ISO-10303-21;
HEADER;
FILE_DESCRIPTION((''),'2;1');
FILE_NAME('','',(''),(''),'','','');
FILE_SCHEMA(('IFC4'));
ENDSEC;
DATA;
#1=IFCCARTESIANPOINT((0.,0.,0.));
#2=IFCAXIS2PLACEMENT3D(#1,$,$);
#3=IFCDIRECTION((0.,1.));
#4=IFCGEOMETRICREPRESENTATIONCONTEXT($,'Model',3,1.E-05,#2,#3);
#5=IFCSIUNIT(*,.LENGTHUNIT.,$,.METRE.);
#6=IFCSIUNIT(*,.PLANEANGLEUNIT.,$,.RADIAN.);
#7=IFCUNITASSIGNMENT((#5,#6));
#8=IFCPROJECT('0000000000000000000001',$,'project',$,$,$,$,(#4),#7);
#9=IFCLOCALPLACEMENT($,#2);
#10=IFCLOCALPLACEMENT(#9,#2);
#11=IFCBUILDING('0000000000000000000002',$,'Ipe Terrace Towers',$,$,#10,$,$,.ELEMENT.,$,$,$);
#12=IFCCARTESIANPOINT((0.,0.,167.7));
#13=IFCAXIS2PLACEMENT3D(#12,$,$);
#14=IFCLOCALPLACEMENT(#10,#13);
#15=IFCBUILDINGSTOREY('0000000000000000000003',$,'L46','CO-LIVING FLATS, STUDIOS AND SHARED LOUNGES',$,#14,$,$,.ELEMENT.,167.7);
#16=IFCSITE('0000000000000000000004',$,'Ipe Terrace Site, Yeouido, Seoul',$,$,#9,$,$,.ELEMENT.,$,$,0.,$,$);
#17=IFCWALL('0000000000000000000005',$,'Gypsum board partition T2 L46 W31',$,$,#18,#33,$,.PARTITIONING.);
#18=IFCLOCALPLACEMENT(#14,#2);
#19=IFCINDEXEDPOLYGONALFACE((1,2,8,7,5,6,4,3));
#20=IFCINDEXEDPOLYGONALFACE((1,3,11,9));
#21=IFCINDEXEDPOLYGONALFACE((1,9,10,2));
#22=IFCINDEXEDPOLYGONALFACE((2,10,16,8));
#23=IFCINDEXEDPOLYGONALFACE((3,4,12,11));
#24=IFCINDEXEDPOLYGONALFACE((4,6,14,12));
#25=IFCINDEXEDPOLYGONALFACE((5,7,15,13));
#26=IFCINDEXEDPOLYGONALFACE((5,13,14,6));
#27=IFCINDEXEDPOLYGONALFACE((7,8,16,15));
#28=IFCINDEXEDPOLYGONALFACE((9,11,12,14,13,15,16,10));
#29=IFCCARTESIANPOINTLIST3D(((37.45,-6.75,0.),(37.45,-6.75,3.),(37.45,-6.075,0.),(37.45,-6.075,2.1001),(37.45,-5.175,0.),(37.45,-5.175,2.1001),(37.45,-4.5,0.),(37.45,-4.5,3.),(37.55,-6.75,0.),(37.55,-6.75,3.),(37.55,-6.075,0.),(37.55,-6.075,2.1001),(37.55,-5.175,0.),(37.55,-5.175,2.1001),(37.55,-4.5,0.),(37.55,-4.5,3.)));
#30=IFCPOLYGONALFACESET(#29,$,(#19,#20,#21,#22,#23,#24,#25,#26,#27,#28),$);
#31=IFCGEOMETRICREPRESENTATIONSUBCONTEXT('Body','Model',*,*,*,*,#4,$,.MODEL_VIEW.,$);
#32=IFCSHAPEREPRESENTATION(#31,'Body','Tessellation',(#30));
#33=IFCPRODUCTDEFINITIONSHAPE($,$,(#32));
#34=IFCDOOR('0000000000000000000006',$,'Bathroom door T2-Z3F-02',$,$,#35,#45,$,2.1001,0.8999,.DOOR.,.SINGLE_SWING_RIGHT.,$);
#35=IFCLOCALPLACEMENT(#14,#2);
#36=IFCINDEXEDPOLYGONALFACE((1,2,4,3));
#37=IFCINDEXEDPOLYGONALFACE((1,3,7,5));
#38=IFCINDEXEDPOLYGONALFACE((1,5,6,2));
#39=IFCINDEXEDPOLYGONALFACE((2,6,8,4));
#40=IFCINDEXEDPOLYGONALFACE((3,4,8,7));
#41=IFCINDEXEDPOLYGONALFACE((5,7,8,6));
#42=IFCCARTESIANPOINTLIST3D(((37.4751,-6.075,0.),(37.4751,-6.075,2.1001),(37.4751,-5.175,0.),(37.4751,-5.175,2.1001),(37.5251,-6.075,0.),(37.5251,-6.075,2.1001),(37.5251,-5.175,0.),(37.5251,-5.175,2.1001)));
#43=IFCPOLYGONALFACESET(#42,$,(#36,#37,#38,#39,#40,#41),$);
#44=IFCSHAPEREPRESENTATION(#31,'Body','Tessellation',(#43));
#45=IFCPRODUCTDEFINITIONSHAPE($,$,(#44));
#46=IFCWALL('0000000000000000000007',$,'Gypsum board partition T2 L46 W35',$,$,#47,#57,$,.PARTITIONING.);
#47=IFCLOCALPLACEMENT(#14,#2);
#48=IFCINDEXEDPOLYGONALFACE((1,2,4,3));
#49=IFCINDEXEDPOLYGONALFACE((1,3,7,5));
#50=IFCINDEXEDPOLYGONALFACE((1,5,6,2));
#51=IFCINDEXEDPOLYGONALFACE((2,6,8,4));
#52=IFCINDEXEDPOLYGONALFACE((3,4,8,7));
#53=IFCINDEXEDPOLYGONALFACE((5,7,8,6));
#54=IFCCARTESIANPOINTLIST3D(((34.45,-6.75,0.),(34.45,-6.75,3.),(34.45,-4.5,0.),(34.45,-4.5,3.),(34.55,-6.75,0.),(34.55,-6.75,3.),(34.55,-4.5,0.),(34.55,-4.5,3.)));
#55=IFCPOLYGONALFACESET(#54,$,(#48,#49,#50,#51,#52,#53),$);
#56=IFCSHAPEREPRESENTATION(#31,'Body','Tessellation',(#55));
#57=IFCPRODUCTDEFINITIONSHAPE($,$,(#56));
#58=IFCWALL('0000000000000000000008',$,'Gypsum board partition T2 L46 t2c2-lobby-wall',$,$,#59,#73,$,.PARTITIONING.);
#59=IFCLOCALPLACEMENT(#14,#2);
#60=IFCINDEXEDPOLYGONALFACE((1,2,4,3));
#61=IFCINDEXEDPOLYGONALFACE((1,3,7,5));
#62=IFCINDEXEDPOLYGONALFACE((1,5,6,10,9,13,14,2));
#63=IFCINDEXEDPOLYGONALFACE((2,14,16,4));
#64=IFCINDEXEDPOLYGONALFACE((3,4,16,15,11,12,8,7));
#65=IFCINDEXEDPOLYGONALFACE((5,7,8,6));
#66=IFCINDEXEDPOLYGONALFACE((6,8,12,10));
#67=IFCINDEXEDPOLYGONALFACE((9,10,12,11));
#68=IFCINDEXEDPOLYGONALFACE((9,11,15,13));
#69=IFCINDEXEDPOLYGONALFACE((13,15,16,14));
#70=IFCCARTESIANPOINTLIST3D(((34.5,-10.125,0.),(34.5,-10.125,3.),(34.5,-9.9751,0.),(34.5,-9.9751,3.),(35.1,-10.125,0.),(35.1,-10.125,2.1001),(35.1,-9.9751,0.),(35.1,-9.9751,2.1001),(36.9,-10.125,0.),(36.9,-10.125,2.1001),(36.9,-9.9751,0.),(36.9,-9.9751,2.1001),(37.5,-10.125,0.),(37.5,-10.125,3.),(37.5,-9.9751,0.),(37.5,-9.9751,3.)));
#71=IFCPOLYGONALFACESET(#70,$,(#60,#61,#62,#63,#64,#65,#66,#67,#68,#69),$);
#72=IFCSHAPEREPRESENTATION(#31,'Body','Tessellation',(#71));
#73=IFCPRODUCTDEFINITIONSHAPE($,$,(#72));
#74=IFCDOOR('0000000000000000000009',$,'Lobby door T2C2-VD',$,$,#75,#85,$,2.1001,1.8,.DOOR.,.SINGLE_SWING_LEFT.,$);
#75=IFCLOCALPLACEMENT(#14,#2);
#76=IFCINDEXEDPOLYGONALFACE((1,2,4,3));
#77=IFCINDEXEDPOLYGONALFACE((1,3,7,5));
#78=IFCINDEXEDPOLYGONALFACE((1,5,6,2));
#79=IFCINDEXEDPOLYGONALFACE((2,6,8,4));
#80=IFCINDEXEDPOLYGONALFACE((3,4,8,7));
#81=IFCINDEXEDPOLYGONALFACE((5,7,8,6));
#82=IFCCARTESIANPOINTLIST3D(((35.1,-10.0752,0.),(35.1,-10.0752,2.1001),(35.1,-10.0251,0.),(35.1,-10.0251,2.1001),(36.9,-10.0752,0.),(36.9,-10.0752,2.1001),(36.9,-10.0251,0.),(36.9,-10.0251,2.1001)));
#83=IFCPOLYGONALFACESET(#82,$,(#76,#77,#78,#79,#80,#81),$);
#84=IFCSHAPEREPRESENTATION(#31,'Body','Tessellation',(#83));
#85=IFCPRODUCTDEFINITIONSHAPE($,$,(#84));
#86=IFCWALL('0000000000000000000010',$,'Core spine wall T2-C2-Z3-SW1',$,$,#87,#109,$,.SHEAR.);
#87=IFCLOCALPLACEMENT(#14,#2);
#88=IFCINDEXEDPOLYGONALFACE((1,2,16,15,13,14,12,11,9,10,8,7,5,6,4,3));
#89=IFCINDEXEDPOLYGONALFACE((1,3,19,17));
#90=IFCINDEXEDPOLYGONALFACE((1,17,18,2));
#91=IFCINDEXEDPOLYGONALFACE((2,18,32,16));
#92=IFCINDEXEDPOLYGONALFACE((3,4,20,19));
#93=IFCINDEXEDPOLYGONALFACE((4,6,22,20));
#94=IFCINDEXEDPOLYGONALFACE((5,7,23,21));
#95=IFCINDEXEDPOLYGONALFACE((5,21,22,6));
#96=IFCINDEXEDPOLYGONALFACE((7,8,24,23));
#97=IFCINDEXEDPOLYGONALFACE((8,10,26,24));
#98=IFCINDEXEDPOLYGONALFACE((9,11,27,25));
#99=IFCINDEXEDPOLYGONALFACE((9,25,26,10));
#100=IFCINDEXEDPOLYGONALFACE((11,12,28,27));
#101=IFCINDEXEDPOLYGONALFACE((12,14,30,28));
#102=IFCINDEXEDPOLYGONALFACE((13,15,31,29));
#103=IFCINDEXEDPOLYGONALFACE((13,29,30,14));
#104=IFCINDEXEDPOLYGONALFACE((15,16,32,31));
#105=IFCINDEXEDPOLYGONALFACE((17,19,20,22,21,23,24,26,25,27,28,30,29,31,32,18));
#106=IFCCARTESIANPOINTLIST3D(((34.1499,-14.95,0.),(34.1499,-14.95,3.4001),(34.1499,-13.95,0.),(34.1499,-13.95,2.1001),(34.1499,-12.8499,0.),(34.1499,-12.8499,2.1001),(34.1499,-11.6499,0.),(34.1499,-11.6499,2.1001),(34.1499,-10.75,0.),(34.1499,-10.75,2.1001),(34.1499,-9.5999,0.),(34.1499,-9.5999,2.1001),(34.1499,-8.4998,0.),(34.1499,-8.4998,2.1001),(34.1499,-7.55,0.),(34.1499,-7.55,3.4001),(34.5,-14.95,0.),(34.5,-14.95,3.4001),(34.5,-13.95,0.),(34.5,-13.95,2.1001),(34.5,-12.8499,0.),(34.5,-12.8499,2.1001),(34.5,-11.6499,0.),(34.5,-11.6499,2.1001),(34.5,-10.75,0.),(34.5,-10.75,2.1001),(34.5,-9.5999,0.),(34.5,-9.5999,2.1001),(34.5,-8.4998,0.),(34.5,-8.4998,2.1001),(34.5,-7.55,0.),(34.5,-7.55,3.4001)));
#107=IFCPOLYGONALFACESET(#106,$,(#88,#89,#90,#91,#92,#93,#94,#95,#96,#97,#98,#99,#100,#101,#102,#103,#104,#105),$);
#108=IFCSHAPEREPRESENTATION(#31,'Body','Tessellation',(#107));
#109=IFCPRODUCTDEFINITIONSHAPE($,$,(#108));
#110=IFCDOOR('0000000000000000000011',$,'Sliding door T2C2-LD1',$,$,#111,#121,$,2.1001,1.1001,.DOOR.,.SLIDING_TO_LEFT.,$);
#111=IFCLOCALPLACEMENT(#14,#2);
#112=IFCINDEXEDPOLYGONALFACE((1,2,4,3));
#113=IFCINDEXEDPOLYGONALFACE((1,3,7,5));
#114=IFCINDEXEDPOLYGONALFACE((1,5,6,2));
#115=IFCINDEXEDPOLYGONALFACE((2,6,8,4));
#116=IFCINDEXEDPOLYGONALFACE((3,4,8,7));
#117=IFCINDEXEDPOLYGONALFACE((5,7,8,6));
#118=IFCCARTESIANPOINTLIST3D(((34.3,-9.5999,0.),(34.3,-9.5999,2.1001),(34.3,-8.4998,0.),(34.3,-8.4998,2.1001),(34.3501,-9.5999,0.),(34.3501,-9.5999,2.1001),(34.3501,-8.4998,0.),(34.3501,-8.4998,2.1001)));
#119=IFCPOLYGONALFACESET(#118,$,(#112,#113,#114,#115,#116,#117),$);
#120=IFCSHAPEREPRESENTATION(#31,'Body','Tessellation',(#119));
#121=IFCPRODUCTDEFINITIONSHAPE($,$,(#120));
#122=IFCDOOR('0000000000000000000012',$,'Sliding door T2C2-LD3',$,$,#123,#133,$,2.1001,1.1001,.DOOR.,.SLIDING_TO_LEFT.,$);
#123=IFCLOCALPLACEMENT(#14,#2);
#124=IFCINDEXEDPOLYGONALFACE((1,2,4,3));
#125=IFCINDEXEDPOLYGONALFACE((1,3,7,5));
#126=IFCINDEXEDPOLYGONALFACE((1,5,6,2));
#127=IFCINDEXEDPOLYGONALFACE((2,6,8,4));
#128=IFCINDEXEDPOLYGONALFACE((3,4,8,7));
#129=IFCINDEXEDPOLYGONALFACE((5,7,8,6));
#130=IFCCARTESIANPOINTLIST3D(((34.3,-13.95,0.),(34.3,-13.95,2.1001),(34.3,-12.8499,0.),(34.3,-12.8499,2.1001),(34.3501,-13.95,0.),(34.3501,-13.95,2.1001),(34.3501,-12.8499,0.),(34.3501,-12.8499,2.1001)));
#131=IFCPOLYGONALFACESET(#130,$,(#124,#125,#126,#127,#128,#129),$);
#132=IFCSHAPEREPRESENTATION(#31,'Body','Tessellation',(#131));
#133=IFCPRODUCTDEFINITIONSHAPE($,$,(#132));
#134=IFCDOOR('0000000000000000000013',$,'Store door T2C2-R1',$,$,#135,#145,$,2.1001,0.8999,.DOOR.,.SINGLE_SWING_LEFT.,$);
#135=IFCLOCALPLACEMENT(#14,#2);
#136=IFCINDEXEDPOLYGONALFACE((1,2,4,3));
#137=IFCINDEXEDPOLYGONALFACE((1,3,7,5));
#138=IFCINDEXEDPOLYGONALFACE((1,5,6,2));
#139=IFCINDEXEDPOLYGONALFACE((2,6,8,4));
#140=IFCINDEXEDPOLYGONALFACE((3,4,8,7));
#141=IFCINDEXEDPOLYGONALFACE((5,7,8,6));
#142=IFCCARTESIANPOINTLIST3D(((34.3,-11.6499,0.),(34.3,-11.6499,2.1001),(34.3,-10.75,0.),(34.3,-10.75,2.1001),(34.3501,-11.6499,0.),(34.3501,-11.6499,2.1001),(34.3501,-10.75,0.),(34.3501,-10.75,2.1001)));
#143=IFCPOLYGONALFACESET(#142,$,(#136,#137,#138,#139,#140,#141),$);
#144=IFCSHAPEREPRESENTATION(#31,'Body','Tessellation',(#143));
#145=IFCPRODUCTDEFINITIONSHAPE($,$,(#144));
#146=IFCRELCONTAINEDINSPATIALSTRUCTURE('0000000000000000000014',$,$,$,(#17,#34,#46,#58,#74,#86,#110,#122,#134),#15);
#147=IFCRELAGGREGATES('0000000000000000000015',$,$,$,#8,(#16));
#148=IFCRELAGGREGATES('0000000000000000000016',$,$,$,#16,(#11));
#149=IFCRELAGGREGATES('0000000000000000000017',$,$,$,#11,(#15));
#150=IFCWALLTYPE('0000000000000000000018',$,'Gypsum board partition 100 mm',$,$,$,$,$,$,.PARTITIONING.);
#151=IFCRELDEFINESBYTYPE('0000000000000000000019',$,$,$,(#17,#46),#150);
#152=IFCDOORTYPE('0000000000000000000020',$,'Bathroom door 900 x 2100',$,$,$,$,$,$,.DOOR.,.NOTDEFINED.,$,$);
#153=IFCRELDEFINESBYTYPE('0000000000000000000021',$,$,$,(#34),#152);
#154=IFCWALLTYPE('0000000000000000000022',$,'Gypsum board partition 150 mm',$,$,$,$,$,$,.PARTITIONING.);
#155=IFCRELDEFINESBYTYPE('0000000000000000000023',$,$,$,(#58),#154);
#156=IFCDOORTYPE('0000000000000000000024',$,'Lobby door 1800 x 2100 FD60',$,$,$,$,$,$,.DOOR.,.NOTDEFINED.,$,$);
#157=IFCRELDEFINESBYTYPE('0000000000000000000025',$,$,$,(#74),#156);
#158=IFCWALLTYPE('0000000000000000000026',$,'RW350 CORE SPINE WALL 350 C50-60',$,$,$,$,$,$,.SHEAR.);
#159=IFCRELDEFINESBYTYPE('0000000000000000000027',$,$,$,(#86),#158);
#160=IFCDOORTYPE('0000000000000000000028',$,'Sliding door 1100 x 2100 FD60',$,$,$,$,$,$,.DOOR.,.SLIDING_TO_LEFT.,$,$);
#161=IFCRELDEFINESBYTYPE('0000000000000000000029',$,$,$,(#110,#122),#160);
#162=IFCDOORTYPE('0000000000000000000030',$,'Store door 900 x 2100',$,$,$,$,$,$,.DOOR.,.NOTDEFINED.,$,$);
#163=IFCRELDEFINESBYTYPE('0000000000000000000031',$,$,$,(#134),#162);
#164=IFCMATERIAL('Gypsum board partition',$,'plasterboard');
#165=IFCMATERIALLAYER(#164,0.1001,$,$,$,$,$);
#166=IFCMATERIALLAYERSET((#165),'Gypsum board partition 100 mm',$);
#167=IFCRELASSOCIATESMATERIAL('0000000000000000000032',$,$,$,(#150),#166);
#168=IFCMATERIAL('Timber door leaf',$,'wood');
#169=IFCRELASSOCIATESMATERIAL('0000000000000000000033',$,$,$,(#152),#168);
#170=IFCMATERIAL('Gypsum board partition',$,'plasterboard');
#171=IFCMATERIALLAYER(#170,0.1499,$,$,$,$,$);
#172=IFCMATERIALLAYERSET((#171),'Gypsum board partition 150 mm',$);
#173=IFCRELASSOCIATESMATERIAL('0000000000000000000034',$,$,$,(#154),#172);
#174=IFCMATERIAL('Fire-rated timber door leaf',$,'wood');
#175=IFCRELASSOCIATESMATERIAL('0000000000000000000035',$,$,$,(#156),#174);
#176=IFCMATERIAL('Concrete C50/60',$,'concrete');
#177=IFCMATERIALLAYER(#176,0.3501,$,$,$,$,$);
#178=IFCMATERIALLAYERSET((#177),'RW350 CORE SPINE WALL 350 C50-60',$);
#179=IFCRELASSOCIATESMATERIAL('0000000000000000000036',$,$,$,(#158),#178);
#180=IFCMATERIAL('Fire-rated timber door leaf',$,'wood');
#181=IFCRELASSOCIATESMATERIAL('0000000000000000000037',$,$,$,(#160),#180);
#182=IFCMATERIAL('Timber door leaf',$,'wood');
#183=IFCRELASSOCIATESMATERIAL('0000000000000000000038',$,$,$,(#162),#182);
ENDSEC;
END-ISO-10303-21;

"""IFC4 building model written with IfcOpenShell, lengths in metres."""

from ifc_helpers import new_model, si_unit, direction, frame, frame_2d, origin, place, context, subcontext, project, spatial, rectangle, extrude, material, layer, layer_set, type_object, element, fill, save


model = new_model("IFC4")

# Units and contexts
model_context = context("Model", 3, precision=1e-05, world=origin(), true_north=direction((0.0, 1.0)))
body_context = subcontext(model_context, "Body", "Model", "MODEL_VIEW")
ifc_project = project(units=[si_unit("LENGTHUNIT", "METRE"), si_unit("PLANEANGLEUNIT", "RADIAN")], contexts=[model_context])

# Site, building, storey
site_placement = place(None, origin())
site = spatial("IfcSite", under=ifc_project, at=site_placement, Name="Ipe Terrace Site, Yeouido, Seoul", CompositionType="ELEMENT", RefElevation=0.0)
building_placement = place(site_placement, origin())
building = spatial("IfcBuilding", under=site, at=building_placement, Name="Ipe Terrace Towers", CompositionType="ELEMENT")
storey_placement = place(building_placement, frame((0.0, 0.0, 167.7)))
storey = spatial("IfcBuildingStorey", under=building, at=storey_placement, Name="L46", Description="CO-LIVING FLATS, STUDIOS AND SHARED LOUNGES", CompositionType="ELEMENT", Elevation=167.7)

# Wall, opening, door
ifc_material_1 = material(Name="Gypsum board partition", Category="plasterboard")
ifc_layer_1 = layer(ifc_material_1, 0.1001)
ifc_layer_set_1 = layer_set([ifc_layer_1], Name="Gypsum board partition 100 mm")
wall_type_1 = type_object("IfcWallType", Name="Gypsum board partition 100 mm", PredefinedType="PARTITIONING", material=ifc_layer_set_1)
wall_1_placement = place(storey_placement, frame((37.5, -6.75, 0.0), z_axis=(0.0, 0.0, 1.0), x_axis=(0.0, 1.0, 0.0)))
wall_1 = element("IfcWall", 1, at=wall_1_placement, inside=storey, type_object=wall_type_1, Name="Gypsum board partition T2 L46 W31", PredefinedType="PARTITIONING", context=body_context, shape_type="SweptSolid", body=[
    extrude(rectangle(XDim=2.25, YDim=0.1001, at=frame_2d((1.125, 0.0))), origin(), (0.0, 0.0, 1.0), 3.0),
])
opening_1_placement = place(wall_1_placement, frame((0.675, 0.0, 0.0)))
opening_1 = element("IfcOpeningElement", 2, at=opening_1_placement, cuts=wall_1, PredefinedType="OPENING", context=body_context, shape_type="SweptSolid", body=[
    extrude(rectangle(XDim=0.8999, YDim=2.1001, at=frame_2d((0.45, 1.05))), frame((0.0, 0.0601, 0.0), z_axis=(0.0, -1.0, 0.0), x_axis=(1.0, 0.0, 0.0)), (0.0, 0.0, 1.0), 0.1201),
])
ifc_material_2 = material(Name="Timber door leaf", Category="wood")
door_type_1 = type_object("IfcDoorType", Name="Bathroom door 900 x 2100", OperationType="NOTDEFINED", PredefinedType="DOOR", material=ifc_material_2)
door_1_placement = place(opening_1_placement, origin())
door_1 = element("IfcDoor", 3, at=door_1_placement, inside=storey, type_object=door_type_1, Name="Bathroom door T2-Z3F-02", OperationType="SINGLE_SWING_RIGHT", OverallHeight=2.1001, OverallWidth=0.8999, PredefinedType="DOOR", context=body_context, shape_type="SweptSolid", body=[
    extrude(rectangle(XDim=0.8999, YDim=2.1001, at=frame_2d((0.45, 1.05))), frame((0.0, 0.0249, 0.0), z_axis=(0.0, -1.0, 0.0), x_axis=(1.0, 0.0, 0.0)), (0.0, 0.0, 1.0), 0.05),
])
fill(opening_1, door_1)

# Wall
wall_2_placement = place(storey_placement, frame((34.5, -6.75, 0.0), z_axis=(0.0, 0.0, 1.0), x_axis=(0.0, 1.0, 0.0)))
element("IfcWall", 4, at=wall_2_placement, inside=storey, type_object=wall_type_1, Name="Gypsum board partition T2 L46 W35", PredefinedType="PARTITIONING", context=body_context, shape_type="SweptSolid", body=[
    extrude(rectangle(XDim=2.25, YDim=0.1001, at=frame_2d((1.125, 0.0))), origin(), (0.0, 0.0, 1.0), 3.0),
])

# Wall, opening, door
ifc_material_3 = material(Name="Gypsum board partition", Category="plasterboard")
ifc_layer_2 = layer(ifc_material_3, 0.1499)
ifc_layer_set_2 = layer_set([ifc_layer_2], Name="Gypsum board partition 150 mm")
wall_type_2 = type_object("IfcWallType", Name="Gypsum board partition 150 mm", PredefinedType="PARTITIONING", material=ifc_layer_set_2)
wall_3_placement = place(storey_placement, frame((34.5, -10.05, 0.0), z_axis=(0.0, 0.0, 1.0), x_axis=(1.0, 0.0, 0.0)))
wall_3 = element("IfcWall", 5, at=wall_3_placement, inside=storey, type_object=wall_type_2, Name="Gypsum board partition T2 L46 t2c2-lobby-wall", PredefinedType="PARTITIONING", context=body_context, shape_type="SweptSolid", body=[
    extrude(rectangle(XDim=3.0, YDim=0.1499, at=frame_2d((1.5, 0.0))), origin(), (0.0, 0.0, 1.0), 3.0),
])
opening_2_placement = place(wall_3_placement, frame((0.6001, 0.0, 0.0)))
opening_2 = element("IfcOpeningElement", 6, at=opening_2_placement, cuts=wall_3, PredefinedType="OPENING", context=body_context, shape_type="SweptSolid", body=[
    extrude(rectangle(XDim=1.8, YDim=2.1001, at=frame_2d((0.8999, 1.05))), frame((0.0, 0.085, 0.0), z_axis=(0.0, -1.0, 0.0), x_axis=(1.0, 0.0, 0.0)), (0.0, 0.0, 1.0), 0.1699),
])
ifc_material_4 = material(Name="Fire-rated timber door leaf", Category="wood")
door_type_2 = type_object("IfcDoorType", Name="Lobby door 1800 x 2100 FD60", OperationType="NOTDEFINED", PredefinedType="DOOR", material=ifc_material_4)
door_2_placement = place(opening_2_placement, origin())
door_2 = element("IfcDoor", 7, at=door_2_placement, inside=storey, type_object=door_type_2, Name="Lobby door T2C2-VD", OperationType="SINGLE_SWING_LEFT", OverallHeight=2.1001, OverallWidth=1.8, PredefinedType="DOOR", context=body_context, shape_type="SweptSolid", body=[
    extrude(rectangle(XDim=1.8, YDim=2.1001, at=frame_2d((0.8999, 1.05))), frame((0.0, 0.0249, 0.0), z_axis=(0.0, -1.0, 0.0), x_axis=(1.0, 0.0, 0.0)), (0.0, 0.0, 1.0), 0.05),
])
fill(opening_2, door_2)

# Wall, openings, doors
ifc_material_5 = material(Name="Concrete C50/60", Category="concrete")
ifc_layer_3 = layer(ifc_material_5, 0.3501)
ifc_layer_set_3 = layer_set([ifc_layer_3], Name="RW350 CORE SPINE WALL 350 C50-60")
wall_type_3 = type_object("IfcWallType", Name="RW350 CORE SPINE WALL 350 C50-60", PredefinedType="SHEAR", material=ifc_layer_set_3)
wall_4_placement = place(storey_placement, frame((34.325, -14.95, 0.0), z_axis=(0.0, 0.0, 1.0), x_axis=(0.0, 1.0, 0.0)))
wall_4 = element("IfcWall", 8, at=wall_4_placement, inside=storey, type_object=wall_type_3, Name="Core spine wall T2-C2-Z3-SW1", PredefinedType="SHEAR", context=body_context, shape_type="SweptSolid", body=[
    extrude(rectangle(XDim=7.3999, YDim=0.3501, at=frame_2d((3.7, 0.0))), origin(), (0.0, 0.0, 1.0), 3.4001),
])
opening_3_placement = place(wall_4_placement, frame((5.3501, 0.0, 0.0)))
opening_3 = element("IfcOpeningElement", 9, at=opening_3_placement, cuts=wall_4, PredefinedType="OPENING", context=body_context, shape_type="SweptSolid", body=[
    extrude(rectangle(XDim=1.1001, YDim=2.1001, at=frame_2d((0.55, 1.05))), frame((0.0, 0.1851, 0.0), z_axis=(0.0, -1.0, 0.0), x_axis=(1.0, 0.0, 0.0)), (0.0, 0.0, 1.0), 0.3701),
])
opening_4_placement = place(wall_4_placement, frame((1.0, 0.0, 0.0)))
opening_4 = element("IfcOpeningElement", 10, at=opening_4_placement, cuts=wall_4, PredefinedType="OPENING", context=body_context, shape_type="SweptSolid", body=[
    extrude(rectangle(XDim=1.1001, YDim=2.1001, at=frame_2d((0.55, 1.05))), frame((0.0, 0.1851, 0.0), z_axis=(0.0, -1.0, 0.0), x_axis=(1.0, 0.0, 0.0)), (0.0, 0.0, 1.0), 0.3701),
])
opening_5_placement = place(wall_4_placement, frame((3.3, 0.0, 0.0)))
opening_5 = element("IfcOpeningElement", 11, at=opening_5_placement, cuts=wall_4, PredefinedType="OPENING", context=body_context, shape_type="SweptSolid", body=[
    extrude(rectangle(XDim=0.8999, YDim=2.1001, at=frame_2d((0.45, 1.05))), frame((0.0, 0.1851, 0.0), z_axis=(0.0, -1.0, 0.0), x_axis=(1.0, 0.0, 0.0)), (0.0, 0.0, 1.0), 0.3701),
])
ifc_material_6 = material(Name="Fire-rated timber door leaf", Category="wood")
door_type_3 = type_object("IfcDoorType", Name="Sliding door 1100 x 2100 FD60", OperationType="SLIDING_TO_LEFT", PredefinedType="DOOR", material=ifc_material_6)
door_3_placement = place(opening_3_placement, origin())
door_3 = element("IfcDoor", 12, at=door_3_placement, inside=storey, type_object=door_type_3, Name="Sliding door T2C2-LD1", OperationType="SLIDING_TO_LEFT", OverallHeight=2.1001, OverallWidth=1.1001, PredefinedType="DOOR", context=body_context, shape_type="SweptSolid", body=[
    extrude(rectangle(XDim=1.1001, YDim=2.1001, at=frame_2d((0.55, 1.05))), frame((0.0, 0.0249, 0.0), z_axis=(0.0, -1.0, 0.0), x_axis=(1.0, 0.0, 0.0)), (0.0, 0.0, 1.0), 0.05),
])
fill(opening_3, door_3)
door_4_placement = place(opening_4_placement, origin())
door_4 = element("IfcDoor", 13, at=door_4_placement, inside=storey, type_object=door_type_3, Name="Sliding door T2C2-LD3", OperationType="SLIDING_TO_LEFT", OverallHeight=2.1001, OverallWidth=1.1001, PredefinedType="DOOR", context=body_context, shape_type="SweptSolid", body=[
    extrude(rectangle(XDim=1.1001, YDim=2.1001, at=frame_2d((0.55, 1.05))), frame((0.0, 0.0249, 0.0), z_axis=(0.0, -1.0, 0.0), x_axis=(1.0, 0.0, 0.0)), (0.0, 0.0, 1.0), 0.05),
])
fill(opening_4, door_4)
ifc_material_7 = material(Name="Timber door leaf", Category="wood")
door_type_4 = type_object("IfcDoorType", Name="Store door 900 x 2100", OperationType="NOTDEFINED", PredefinedType="DOOR", material=ifc_material_7)
door_5_placement = place(opening_5_placement, origin())
door_5 = element("IfcDoor", 14, at=door_5_placement, inside=storey, type_object=door_type_4, Name="Store door T2C2-R1", OperationType="SINGLE_SWING_LEFT", OverallHeight=2.1001, OverallWidth=0.8999, PredefinedType="DOOR", context=body_context, shape_type="SweptSolid", body=[
    extrude(rectangle(XDim=0.8999, YDim=2.1001, at=frame_2d((0.45, 1.05))), frame((0.0, 0.0249, 0.0), z_axis=(0.0, -1.0, 0.0), x_axis=(1.0, 0.0, 0.0)), (0.0, 0.0, 1.0), 0.05),
])
fill(opening_5, door_5)

save(model, "model.ifc")
